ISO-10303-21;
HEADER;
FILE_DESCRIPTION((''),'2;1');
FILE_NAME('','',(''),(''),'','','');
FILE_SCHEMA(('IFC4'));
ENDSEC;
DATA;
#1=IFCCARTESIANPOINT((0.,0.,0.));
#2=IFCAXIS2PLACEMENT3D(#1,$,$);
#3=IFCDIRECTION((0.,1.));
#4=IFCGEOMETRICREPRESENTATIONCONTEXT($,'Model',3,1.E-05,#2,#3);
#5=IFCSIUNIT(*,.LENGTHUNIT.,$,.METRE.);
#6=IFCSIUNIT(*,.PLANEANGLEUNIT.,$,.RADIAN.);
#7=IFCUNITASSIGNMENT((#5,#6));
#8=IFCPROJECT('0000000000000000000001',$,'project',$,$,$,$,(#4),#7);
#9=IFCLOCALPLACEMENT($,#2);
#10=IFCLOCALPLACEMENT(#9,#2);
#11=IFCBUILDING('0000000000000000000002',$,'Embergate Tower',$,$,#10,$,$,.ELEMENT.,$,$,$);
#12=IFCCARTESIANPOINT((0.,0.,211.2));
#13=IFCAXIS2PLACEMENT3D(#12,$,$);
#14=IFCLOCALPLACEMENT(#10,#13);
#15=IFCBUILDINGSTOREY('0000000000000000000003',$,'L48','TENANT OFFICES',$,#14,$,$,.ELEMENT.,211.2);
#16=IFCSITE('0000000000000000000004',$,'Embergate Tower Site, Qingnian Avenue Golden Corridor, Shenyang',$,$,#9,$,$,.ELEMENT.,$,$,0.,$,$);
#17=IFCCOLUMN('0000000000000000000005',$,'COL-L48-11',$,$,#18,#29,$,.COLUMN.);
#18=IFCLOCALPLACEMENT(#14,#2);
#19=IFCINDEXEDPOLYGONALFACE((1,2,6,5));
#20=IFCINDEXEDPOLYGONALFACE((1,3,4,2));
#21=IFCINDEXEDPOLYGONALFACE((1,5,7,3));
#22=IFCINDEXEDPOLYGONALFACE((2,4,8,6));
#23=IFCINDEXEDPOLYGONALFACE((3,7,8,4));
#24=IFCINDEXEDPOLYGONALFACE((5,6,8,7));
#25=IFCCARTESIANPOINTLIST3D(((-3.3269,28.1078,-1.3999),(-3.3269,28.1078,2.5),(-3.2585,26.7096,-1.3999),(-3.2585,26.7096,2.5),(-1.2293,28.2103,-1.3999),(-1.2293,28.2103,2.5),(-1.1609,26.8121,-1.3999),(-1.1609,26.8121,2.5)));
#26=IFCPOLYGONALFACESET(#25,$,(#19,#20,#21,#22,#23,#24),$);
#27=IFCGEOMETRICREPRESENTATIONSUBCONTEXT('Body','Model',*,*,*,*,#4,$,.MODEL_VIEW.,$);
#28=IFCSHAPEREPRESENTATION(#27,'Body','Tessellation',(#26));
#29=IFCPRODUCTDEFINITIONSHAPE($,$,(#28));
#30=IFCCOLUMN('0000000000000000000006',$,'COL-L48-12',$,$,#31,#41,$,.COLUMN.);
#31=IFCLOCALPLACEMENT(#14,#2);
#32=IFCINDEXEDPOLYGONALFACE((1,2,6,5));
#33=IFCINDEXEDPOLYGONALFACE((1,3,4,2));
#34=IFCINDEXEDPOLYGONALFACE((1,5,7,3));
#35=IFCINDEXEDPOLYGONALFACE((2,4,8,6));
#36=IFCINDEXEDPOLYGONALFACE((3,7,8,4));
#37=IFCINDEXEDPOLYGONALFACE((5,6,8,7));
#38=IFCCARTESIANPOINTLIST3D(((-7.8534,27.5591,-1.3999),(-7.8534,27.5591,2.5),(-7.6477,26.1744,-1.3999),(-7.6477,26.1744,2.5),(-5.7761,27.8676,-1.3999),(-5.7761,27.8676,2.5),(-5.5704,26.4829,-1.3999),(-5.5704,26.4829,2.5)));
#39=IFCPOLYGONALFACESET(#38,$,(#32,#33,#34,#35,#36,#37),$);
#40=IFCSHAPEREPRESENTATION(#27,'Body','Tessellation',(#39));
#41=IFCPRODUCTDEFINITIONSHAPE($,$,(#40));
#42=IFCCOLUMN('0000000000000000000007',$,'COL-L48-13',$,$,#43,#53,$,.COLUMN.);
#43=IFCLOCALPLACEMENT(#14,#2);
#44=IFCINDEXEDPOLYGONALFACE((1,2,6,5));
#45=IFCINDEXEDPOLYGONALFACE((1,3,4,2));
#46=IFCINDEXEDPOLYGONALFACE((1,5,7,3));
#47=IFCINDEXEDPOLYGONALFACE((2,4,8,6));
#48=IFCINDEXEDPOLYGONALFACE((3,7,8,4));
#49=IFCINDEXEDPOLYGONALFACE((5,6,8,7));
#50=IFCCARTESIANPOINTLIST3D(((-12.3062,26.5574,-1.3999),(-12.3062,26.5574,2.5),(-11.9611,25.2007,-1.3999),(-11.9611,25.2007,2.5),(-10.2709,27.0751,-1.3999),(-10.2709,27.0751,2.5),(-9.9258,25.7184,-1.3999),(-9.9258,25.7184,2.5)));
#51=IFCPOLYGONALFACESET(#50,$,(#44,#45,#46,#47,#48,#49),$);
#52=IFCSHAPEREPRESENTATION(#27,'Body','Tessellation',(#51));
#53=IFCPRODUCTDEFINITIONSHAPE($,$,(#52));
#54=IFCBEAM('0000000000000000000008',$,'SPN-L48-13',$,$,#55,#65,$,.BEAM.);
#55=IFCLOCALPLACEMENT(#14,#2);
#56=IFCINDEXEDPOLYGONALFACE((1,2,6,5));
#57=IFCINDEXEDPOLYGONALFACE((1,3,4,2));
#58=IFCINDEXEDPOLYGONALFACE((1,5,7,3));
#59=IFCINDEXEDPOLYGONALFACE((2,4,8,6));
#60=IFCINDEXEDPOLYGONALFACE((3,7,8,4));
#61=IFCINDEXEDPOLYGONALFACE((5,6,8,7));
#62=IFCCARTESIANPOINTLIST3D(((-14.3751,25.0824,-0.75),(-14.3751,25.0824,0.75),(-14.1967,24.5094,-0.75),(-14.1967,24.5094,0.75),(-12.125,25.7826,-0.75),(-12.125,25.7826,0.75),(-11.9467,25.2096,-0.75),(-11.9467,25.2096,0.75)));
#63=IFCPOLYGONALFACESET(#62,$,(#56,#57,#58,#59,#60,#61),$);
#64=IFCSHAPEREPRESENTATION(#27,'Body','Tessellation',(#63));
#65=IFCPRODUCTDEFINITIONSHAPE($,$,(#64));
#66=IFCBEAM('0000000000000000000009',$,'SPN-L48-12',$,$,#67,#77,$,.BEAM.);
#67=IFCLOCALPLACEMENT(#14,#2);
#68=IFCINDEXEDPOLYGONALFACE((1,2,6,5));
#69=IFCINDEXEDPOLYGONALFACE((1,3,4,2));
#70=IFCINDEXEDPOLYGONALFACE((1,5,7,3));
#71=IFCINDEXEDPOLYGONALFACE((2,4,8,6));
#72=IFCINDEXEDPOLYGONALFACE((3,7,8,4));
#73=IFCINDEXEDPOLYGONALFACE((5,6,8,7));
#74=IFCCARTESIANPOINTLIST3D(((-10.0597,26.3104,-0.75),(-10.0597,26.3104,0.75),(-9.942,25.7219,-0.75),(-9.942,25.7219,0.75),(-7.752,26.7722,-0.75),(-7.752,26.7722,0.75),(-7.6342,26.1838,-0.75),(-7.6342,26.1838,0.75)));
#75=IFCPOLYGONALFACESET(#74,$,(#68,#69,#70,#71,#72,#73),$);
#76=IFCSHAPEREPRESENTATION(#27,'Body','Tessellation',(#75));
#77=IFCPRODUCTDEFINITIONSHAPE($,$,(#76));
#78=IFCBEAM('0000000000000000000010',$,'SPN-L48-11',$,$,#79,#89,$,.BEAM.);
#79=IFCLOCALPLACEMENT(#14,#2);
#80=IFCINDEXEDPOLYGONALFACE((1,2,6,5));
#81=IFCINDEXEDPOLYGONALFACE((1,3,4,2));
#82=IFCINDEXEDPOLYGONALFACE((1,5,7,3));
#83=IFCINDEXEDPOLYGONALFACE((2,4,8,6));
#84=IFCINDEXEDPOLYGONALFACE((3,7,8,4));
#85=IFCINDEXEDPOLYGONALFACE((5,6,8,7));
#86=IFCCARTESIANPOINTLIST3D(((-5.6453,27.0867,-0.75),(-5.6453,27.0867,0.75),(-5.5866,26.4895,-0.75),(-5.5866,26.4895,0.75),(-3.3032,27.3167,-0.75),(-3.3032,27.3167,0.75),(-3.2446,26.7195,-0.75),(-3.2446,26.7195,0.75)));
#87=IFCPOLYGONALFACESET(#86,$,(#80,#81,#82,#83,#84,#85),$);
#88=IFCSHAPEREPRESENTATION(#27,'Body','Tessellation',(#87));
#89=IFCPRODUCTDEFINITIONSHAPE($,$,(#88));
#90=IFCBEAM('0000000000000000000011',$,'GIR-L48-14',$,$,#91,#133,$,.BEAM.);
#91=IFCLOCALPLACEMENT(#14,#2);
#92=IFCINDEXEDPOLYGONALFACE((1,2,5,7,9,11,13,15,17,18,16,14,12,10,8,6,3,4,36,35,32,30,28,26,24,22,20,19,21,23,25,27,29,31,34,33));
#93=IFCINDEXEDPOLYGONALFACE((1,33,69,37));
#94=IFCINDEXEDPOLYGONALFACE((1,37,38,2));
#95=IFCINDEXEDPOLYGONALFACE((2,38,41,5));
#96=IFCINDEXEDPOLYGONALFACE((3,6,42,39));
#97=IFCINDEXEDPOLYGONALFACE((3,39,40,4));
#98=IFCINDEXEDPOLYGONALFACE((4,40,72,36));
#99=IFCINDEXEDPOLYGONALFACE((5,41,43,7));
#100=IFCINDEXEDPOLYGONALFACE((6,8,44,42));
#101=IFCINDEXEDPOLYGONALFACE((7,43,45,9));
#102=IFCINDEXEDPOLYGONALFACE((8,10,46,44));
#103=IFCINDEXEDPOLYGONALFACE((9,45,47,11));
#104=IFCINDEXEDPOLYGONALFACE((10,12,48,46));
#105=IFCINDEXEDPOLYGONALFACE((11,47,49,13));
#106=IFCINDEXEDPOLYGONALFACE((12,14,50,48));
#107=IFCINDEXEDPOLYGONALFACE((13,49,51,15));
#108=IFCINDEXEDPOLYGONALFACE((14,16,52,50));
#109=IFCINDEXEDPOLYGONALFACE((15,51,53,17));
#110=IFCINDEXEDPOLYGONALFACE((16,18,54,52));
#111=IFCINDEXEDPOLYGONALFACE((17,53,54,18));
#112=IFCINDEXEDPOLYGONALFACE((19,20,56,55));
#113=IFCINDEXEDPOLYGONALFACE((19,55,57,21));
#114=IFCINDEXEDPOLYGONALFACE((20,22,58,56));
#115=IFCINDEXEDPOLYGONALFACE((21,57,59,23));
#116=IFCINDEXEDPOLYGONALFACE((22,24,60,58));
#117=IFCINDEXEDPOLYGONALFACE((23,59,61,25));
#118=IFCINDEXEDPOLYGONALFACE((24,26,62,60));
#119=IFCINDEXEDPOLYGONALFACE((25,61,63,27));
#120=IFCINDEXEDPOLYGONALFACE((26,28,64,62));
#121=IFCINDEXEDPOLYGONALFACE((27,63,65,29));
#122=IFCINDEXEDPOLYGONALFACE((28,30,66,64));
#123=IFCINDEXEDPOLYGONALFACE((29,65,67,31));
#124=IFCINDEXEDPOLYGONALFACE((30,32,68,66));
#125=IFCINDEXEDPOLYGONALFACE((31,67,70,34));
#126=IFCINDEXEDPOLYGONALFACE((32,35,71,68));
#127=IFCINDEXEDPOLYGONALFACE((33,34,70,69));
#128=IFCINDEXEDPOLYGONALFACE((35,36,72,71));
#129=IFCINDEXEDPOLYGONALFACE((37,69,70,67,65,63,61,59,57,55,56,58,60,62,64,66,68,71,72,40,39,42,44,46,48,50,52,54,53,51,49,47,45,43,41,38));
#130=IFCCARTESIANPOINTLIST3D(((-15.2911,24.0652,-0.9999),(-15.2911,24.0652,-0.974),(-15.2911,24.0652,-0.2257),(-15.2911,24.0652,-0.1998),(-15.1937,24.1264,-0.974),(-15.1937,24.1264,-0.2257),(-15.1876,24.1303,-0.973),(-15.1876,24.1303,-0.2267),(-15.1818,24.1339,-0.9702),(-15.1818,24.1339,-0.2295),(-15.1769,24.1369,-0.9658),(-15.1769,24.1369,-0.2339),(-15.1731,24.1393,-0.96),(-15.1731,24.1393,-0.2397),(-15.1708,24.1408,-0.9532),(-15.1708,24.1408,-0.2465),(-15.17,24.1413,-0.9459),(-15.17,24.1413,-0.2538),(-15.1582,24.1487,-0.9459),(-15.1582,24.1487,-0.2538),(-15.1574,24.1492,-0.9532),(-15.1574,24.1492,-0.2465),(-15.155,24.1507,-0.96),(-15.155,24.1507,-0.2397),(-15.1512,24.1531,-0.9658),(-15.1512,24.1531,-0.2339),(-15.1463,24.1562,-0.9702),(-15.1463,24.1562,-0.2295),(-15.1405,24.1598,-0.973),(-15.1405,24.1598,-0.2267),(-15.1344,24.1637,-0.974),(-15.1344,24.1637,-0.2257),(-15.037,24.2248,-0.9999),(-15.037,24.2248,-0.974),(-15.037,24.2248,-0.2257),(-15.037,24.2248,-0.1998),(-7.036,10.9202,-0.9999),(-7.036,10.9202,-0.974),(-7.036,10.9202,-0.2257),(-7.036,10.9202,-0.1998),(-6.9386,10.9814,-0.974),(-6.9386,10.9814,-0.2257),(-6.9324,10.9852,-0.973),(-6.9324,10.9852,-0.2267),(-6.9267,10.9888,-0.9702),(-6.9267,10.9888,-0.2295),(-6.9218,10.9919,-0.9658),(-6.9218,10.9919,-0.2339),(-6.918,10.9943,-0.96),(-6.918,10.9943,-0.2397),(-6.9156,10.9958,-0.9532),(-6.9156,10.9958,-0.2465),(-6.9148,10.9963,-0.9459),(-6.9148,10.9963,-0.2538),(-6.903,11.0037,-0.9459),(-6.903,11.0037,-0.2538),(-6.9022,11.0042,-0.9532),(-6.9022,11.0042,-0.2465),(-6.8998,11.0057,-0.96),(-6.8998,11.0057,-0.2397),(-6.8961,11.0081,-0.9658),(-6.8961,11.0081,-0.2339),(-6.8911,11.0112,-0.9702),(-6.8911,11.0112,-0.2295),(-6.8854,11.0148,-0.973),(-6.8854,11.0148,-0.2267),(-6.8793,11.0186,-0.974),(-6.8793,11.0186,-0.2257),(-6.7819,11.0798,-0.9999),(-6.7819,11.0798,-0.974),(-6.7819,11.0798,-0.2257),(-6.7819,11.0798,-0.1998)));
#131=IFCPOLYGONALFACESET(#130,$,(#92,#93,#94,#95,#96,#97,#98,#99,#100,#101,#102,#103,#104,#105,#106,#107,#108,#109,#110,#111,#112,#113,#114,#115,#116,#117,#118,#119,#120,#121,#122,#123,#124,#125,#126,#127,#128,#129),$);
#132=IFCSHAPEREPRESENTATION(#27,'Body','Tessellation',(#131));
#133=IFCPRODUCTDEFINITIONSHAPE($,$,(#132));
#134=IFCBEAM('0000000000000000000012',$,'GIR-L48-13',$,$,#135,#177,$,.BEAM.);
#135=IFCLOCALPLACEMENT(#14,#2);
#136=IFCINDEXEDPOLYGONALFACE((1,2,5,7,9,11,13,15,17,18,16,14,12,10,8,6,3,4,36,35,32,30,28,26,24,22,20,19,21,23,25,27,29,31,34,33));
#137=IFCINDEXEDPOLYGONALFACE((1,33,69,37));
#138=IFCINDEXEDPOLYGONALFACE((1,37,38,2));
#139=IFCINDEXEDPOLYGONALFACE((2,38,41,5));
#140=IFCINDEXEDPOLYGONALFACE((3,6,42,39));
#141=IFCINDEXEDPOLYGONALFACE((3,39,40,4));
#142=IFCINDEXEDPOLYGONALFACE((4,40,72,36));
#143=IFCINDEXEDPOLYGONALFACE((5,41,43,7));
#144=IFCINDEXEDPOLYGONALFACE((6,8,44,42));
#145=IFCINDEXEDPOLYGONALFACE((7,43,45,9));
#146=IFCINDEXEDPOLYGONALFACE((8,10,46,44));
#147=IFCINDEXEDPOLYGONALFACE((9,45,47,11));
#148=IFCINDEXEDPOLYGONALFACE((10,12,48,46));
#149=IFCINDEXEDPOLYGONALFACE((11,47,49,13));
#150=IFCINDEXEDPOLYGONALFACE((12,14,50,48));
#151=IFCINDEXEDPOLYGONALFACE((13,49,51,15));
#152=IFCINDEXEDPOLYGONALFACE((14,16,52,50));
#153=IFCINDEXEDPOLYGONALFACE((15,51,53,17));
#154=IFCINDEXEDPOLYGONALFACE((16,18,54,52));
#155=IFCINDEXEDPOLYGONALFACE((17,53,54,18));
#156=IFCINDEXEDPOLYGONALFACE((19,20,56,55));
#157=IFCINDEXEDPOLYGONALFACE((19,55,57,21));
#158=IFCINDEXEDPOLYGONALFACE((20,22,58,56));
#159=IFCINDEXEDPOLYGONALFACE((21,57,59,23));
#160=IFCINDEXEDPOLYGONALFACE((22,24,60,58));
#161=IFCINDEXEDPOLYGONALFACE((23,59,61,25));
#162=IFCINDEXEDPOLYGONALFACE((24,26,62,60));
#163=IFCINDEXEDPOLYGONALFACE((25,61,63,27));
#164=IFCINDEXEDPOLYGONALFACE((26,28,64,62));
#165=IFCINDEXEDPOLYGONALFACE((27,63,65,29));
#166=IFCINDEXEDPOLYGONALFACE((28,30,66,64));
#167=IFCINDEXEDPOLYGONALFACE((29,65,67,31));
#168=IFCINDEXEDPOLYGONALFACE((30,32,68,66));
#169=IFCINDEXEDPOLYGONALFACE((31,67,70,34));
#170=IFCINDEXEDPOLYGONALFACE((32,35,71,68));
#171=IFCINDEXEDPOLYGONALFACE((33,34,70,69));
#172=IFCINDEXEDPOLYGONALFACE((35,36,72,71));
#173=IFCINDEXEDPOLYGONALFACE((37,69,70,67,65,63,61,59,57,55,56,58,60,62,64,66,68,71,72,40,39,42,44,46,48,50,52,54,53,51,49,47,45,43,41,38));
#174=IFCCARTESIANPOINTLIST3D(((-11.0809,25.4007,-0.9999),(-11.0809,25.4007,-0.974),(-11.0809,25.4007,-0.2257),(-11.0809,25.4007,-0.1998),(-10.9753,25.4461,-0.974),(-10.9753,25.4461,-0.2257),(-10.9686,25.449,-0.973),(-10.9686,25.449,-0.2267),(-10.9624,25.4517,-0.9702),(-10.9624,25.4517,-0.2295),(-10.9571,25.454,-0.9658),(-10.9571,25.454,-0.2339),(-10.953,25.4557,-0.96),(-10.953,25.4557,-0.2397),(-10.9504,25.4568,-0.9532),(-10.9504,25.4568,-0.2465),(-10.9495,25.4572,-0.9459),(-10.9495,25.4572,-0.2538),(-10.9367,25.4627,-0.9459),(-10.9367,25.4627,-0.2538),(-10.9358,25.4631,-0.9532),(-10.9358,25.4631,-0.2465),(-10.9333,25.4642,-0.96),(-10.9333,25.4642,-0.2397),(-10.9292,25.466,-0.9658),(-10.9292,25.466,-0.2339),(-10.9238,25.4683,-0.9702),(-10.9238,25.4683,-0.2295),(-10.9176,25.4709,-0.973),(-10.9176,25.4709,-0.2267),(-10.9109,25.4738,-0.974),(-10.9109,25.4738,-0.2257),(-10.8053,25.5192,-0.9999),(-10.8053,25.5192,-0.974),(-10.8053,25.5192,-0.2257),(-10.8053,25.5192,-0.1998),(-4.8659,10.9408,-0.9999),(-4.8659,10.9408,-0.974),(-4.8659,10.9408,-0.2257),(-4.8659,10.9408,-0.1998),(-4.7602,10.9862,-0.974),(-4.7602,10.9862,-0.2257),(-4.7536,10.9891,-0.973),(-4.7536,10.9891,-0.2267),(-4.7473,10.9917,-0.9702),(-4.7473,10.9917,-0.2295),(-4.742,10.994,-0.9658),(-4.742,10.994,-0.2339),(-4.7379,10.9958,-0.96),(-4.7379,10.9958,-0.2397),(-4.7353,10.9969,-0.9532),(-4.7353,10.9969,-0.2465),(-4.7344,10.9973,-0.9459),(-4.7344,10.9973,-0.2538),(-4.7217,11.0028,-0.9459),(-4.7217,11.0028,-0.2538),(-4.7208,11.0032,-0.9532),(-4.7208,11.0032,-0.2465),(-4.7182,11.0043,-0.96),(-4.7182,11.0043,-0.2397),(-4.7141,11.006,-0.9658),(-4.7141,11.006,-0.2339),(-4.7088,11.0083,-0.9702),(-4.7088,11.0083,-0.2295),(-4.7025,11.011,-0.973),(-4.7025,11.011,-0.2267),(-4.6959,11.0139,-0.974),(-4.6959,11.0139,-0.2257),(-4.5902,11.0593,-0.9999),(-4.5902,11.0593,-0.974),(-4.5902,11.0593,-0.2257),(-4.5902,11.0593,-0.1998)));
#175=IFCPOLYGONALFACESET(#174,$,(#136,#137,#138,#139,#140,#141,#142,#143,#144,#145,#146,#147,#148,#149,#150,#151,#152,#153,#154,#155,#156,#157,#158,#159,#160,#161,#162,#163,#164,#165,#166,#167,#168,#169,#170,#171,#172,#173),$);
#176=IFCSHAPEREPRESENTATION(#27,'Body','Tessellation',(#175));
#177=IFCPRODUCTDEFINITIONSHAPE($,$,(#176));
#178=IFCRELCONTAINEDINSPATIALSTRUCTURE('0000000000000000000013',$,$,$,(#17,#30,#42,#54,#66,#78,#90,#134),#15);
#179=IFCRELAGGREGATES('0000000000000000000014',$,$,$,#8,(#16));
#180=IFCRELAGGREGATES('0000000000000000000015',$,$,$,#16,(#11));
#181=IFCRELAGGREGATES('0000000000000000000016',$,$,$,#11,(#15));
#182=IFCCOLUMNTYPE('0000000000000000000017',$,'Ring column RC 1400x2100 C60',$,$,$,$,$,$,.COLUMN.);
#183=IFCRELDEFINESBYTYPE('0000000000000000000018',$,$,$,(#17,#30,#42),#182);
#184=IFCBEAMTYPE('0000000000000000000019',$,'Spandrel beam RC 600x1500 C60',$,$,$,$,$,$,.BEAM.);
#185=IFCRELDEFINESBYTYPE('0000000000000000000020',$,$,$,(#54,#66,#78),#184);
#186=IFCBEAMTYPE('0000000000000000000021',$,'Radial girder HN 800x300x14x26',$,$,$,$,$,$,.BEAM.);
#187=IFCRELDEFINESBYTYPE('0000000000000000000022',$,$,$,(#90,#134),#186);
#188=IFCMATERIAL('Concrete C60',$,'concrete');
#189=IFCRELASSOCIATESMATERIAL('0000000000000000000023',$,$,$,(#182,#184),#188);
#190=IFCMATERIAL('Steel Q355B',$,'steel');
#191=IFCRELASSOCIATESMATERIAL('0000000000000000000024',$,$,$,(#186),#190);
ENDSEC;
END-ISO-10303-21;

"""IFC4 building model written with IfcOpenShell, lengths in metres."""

from ifc_helpers import new_model, si_unit, direction, frame, origin, origin_2d, place, context, subcontext, project, spatial, rectangle, i_section, extrude, source, transform, mapped, material, material_profile, profile_set, type_object, element, save


model = new_model("IFC4")

# Units and contexts
model_context = context("Model", 3, precision=1e-05, world=origin(), true_north=direction((0.0, 1.0)))
body_context = subcontext(model_context, "Body", "Model", "MODEL_VIEW")
ifc_project = project(units=[si_unit("LENGTHUNIT", "METRE"), si_unit("PLANEANGLEUNIT", "RADIAN")], contexts=[model_context])

# Site, building, storey
site_placement = place(None, origin())
site = spatial("IfcSite", under=ifc_project, at=site_placement, Name="Embergate Tower Site, Qingnian Avenue Golden Corridor, Shenyang", CompositionType="ELEMENT", RefElevation=0.0)
building_placement = place(site_placement, origin())
building = spatial("IfcBuilding", under=site, at=building_placement, Name="Embergate Tower", CompositionType="ELEMENT")
storey_placement = place(building_placement, frame((0.0, 0.0, 211.2)))
storey = spatial("IfcBuildingStorey", under=building, at=storey_placement, Name="L48", Description="TENANT OFFICES", CompositionType="ELEMENT", Elevation=211.2)

# Columns
ifc_material_1 = material(Name="Concrete C60", Category="concrete")
ifc_material_profile_1 = material_profile(ifc_material_1, rectangle(XDim=1.3999, YDim=2.1001, at=origin_2d()), Name="RC 1400x2100")
ifc_profile_set_1 = profile_set([ifc_material_profile_1], Name="Concrete C60")
column_type = type_object("IfcColumnType", Name="Ring column RC 1400x2100 C60", PredefinedType="COLUMN", material=ifc_profile_set_1)
shared_shape_1 = source(origin(), body_context, "Body", "SweptSolid", [
    extrude(rectangle(XDim=1.3999, YDim=2.1001, at=origin_2d()), origin(), (0.0, 0.0, 1.0), 3.8999),
])
for number, where, z_axis, x_axis, name in (
    (1, (-2.2439, 27.46, -1.3999), (0.0, 0.0, 1.0), (-0.048815, 0.998808, 0.0), "COL-L48-11"),
    (2, (-6.7119, 27.021, -1.3999), (0.0, 0.0, 1.0), (-0.146929, 0.989147, 0.0), "COL-L48-12"),
    (3, (-11.116, 26.1379, -1.3999), (0.0, 0.0, 1.0), (-0.246509, 0.969141, 0.0), "COL-L48-13"),
):
    element("IfcColumn", number, at=place(storey_placement, frame(where, z_axis=z_axis, x_axis=x_axis)), inside=storey, type_object=column_type, Name=name, PredefinedType="COLUMN", context=body_context, shape_type="MappedRepresentation", body=[
        mapped(shared_shape_1, transform((0.0, 0.0, 0.0))),
    ])

# Beams
ifc_material_profile_2 = material_profile(ifc_material_1, rectangle(XDim=0.6001, YDim=1.5, at=origin_2d()), Name="RC 600x1500")
ifc_profile_set_2 = profile_set([ifc_material_profile_2], Name="Concrete C60")
beam_type_1 = type_object("IfcBeamType", Name="Spandrel beam RC 600x1500 C60", PredefinedType="BEAM", material=ifc_profile_set_2)
shared_shape_2 = source(origin(), body_context, "Body", "SweptSolid", [
    extrude(rectangle(XDim=0.6001, YDim=1.5, at=origin_2d()), origin(), (0.0, 0.0, 1.0), 2.3564),
])
beam_1_placement = place(storey_placement, frame((-12.0359, 25.4961, 0.0), z_axis=(-0.954833, -0.297142, 0.0), x_axis=(0.297142, -0.954833, 0.0)))
element("IfcBeam", 4, at=beam_1_placement, inside=storey, type_object=beam_type_1, Name="SPN-L48-13", PredefinedType="BEAM", context=body_context, shape_type="MappedRepresentation", body=[
    mapped(shared_shape_2, transform((0.0, 0.0, 0.0))),
])
shared_shape_3 = source(origin(), body_context, "Body", "SweptSolid", [
    extrude(rectangle(XDim=0.6001, YDim=1.5, at=origin_2d()), origin(), (0.0, 0.0, 1.0), 2.3535),
])
beam_2_placement = place(storey_placement, frame((-7.6931, 26.478, 0.0), z_axis=(-0.980553, -0.196256, 0.0), x_axis=(0.196256, -0.980553, 0.0)))
element("IfcBeam", 5, at=beam_2_placement, inside=storey, type_object=beam_type_1, Name="SPN-L48-12", PredefinedType="BEAM", context=body_context, shape_type="MappedRepresentation", body=[
    mapped(shared_shape_3, transform((0.0, 0.0, 0.0))),
])
shared_shape_4 = source(origin(), body_context, "Body", "SweptSolid", [
    extrude(rectangle(XDim=0.6001, YDim=1.5, at=origin_2d()), origin(), (0.0, 0.0, 1.0), 2.3533),
])
beam_3_placement = place(storey_placement, frame((-3.2739, 27.0181, 0.0), z_axis=(-0.995213, -0.097727, 0.0), x_axis=(0.097727, -0.995213, 0.0)))
element("IfcBeam", 6, at=beam_3_placement, inside=storey, type_object=beam_type_1, Name="SPN-L48-11", PredefinedType="BEAM", context=body_context, shape_type="MappedRepresentation", body=[
    mapped(shared_shape_4, transform((0.0, 0.0, 0.0))),
])
ifc_material_2 = material(Name="Steel Q355B", Category="steel")
ifc_material_profile_3 = material_profile(ifc_material_2, i_section(OverallWidth=0.3, OverallDepth=0.8, WebThickness=0.0139, FlangeThickness=0.0259, FilletRadius=0.0281, at=origin_2d()), Name="HN 800x300x14x26")
ifc_profile_set_3 = profile_set([ifc_material_profile_3], Name="Steel Q355 grade B")
beam_type_2 = type_object("IfcBeamType", Name="Radial girder HN 800x300x14x26", PredefinedType="BEAM", material=ifc_profile_set_3)
shared_shape_5 = source(origin(), body_context, "Body", "SweptSolid", [
    extrude(i_section(OverallWidth=0.3, OverallDepth=0.8, WebThickness=0.0139, FlangeThickness=0.0259, FilletRadius=0.0281, at=origin_2d()), origin(), (0.0, 0.0, 1.0), 15.5222),
])
beam_4_placement = place(storey_placement, frame((-15.1641, 24.145, -0.5999), z_axis=(0.531827, -0.846853, 0.0), x_axis=(0.846853, 0.531827, 0.0)))
element("IfcBeam", 7, at=beam_4_placement, inside=storey, type_object=beam_type_2, Name="GIR-L48-14", PredefinedType="BEAM", context=body_context, shape_type="MappedRepresentation", body=[
    mapped(shared_shape_5, transform((0.0, 0.0, 0.0))),
])
shared_shape_6 = source(origin(), body_context, "Body", "SweptSolid", [
    extrude(i_section(OverallWidth=0.3, OverallDepth=0.8, WebThickness=0.0139, FlangeThickness=0.0259, FilletRadius=0.0281, at=origin_2d()), origin(), (0.0, 0.0, 1.0), 15.739),
])
beam_5_placement = place(storey_placement, frame((-10.9431, 25.46, -0.5999), z_axis=(0.394883, -0.918731, 0.0), x_axis=(0.918731, 0.394883, 0.0)))
element("IfcBeam", 8, at=beam_5_placement, inside=storey, type_object=beam_type_2, Name="GIR-L48-13", PredefinedType="BEAM", context=body_context, shape_type="MappedRepresentation", body=[
    mapped(shared_shape_6, transform((0.0, 0.0, 0.0))),
])

save(model, "model.ifc")
